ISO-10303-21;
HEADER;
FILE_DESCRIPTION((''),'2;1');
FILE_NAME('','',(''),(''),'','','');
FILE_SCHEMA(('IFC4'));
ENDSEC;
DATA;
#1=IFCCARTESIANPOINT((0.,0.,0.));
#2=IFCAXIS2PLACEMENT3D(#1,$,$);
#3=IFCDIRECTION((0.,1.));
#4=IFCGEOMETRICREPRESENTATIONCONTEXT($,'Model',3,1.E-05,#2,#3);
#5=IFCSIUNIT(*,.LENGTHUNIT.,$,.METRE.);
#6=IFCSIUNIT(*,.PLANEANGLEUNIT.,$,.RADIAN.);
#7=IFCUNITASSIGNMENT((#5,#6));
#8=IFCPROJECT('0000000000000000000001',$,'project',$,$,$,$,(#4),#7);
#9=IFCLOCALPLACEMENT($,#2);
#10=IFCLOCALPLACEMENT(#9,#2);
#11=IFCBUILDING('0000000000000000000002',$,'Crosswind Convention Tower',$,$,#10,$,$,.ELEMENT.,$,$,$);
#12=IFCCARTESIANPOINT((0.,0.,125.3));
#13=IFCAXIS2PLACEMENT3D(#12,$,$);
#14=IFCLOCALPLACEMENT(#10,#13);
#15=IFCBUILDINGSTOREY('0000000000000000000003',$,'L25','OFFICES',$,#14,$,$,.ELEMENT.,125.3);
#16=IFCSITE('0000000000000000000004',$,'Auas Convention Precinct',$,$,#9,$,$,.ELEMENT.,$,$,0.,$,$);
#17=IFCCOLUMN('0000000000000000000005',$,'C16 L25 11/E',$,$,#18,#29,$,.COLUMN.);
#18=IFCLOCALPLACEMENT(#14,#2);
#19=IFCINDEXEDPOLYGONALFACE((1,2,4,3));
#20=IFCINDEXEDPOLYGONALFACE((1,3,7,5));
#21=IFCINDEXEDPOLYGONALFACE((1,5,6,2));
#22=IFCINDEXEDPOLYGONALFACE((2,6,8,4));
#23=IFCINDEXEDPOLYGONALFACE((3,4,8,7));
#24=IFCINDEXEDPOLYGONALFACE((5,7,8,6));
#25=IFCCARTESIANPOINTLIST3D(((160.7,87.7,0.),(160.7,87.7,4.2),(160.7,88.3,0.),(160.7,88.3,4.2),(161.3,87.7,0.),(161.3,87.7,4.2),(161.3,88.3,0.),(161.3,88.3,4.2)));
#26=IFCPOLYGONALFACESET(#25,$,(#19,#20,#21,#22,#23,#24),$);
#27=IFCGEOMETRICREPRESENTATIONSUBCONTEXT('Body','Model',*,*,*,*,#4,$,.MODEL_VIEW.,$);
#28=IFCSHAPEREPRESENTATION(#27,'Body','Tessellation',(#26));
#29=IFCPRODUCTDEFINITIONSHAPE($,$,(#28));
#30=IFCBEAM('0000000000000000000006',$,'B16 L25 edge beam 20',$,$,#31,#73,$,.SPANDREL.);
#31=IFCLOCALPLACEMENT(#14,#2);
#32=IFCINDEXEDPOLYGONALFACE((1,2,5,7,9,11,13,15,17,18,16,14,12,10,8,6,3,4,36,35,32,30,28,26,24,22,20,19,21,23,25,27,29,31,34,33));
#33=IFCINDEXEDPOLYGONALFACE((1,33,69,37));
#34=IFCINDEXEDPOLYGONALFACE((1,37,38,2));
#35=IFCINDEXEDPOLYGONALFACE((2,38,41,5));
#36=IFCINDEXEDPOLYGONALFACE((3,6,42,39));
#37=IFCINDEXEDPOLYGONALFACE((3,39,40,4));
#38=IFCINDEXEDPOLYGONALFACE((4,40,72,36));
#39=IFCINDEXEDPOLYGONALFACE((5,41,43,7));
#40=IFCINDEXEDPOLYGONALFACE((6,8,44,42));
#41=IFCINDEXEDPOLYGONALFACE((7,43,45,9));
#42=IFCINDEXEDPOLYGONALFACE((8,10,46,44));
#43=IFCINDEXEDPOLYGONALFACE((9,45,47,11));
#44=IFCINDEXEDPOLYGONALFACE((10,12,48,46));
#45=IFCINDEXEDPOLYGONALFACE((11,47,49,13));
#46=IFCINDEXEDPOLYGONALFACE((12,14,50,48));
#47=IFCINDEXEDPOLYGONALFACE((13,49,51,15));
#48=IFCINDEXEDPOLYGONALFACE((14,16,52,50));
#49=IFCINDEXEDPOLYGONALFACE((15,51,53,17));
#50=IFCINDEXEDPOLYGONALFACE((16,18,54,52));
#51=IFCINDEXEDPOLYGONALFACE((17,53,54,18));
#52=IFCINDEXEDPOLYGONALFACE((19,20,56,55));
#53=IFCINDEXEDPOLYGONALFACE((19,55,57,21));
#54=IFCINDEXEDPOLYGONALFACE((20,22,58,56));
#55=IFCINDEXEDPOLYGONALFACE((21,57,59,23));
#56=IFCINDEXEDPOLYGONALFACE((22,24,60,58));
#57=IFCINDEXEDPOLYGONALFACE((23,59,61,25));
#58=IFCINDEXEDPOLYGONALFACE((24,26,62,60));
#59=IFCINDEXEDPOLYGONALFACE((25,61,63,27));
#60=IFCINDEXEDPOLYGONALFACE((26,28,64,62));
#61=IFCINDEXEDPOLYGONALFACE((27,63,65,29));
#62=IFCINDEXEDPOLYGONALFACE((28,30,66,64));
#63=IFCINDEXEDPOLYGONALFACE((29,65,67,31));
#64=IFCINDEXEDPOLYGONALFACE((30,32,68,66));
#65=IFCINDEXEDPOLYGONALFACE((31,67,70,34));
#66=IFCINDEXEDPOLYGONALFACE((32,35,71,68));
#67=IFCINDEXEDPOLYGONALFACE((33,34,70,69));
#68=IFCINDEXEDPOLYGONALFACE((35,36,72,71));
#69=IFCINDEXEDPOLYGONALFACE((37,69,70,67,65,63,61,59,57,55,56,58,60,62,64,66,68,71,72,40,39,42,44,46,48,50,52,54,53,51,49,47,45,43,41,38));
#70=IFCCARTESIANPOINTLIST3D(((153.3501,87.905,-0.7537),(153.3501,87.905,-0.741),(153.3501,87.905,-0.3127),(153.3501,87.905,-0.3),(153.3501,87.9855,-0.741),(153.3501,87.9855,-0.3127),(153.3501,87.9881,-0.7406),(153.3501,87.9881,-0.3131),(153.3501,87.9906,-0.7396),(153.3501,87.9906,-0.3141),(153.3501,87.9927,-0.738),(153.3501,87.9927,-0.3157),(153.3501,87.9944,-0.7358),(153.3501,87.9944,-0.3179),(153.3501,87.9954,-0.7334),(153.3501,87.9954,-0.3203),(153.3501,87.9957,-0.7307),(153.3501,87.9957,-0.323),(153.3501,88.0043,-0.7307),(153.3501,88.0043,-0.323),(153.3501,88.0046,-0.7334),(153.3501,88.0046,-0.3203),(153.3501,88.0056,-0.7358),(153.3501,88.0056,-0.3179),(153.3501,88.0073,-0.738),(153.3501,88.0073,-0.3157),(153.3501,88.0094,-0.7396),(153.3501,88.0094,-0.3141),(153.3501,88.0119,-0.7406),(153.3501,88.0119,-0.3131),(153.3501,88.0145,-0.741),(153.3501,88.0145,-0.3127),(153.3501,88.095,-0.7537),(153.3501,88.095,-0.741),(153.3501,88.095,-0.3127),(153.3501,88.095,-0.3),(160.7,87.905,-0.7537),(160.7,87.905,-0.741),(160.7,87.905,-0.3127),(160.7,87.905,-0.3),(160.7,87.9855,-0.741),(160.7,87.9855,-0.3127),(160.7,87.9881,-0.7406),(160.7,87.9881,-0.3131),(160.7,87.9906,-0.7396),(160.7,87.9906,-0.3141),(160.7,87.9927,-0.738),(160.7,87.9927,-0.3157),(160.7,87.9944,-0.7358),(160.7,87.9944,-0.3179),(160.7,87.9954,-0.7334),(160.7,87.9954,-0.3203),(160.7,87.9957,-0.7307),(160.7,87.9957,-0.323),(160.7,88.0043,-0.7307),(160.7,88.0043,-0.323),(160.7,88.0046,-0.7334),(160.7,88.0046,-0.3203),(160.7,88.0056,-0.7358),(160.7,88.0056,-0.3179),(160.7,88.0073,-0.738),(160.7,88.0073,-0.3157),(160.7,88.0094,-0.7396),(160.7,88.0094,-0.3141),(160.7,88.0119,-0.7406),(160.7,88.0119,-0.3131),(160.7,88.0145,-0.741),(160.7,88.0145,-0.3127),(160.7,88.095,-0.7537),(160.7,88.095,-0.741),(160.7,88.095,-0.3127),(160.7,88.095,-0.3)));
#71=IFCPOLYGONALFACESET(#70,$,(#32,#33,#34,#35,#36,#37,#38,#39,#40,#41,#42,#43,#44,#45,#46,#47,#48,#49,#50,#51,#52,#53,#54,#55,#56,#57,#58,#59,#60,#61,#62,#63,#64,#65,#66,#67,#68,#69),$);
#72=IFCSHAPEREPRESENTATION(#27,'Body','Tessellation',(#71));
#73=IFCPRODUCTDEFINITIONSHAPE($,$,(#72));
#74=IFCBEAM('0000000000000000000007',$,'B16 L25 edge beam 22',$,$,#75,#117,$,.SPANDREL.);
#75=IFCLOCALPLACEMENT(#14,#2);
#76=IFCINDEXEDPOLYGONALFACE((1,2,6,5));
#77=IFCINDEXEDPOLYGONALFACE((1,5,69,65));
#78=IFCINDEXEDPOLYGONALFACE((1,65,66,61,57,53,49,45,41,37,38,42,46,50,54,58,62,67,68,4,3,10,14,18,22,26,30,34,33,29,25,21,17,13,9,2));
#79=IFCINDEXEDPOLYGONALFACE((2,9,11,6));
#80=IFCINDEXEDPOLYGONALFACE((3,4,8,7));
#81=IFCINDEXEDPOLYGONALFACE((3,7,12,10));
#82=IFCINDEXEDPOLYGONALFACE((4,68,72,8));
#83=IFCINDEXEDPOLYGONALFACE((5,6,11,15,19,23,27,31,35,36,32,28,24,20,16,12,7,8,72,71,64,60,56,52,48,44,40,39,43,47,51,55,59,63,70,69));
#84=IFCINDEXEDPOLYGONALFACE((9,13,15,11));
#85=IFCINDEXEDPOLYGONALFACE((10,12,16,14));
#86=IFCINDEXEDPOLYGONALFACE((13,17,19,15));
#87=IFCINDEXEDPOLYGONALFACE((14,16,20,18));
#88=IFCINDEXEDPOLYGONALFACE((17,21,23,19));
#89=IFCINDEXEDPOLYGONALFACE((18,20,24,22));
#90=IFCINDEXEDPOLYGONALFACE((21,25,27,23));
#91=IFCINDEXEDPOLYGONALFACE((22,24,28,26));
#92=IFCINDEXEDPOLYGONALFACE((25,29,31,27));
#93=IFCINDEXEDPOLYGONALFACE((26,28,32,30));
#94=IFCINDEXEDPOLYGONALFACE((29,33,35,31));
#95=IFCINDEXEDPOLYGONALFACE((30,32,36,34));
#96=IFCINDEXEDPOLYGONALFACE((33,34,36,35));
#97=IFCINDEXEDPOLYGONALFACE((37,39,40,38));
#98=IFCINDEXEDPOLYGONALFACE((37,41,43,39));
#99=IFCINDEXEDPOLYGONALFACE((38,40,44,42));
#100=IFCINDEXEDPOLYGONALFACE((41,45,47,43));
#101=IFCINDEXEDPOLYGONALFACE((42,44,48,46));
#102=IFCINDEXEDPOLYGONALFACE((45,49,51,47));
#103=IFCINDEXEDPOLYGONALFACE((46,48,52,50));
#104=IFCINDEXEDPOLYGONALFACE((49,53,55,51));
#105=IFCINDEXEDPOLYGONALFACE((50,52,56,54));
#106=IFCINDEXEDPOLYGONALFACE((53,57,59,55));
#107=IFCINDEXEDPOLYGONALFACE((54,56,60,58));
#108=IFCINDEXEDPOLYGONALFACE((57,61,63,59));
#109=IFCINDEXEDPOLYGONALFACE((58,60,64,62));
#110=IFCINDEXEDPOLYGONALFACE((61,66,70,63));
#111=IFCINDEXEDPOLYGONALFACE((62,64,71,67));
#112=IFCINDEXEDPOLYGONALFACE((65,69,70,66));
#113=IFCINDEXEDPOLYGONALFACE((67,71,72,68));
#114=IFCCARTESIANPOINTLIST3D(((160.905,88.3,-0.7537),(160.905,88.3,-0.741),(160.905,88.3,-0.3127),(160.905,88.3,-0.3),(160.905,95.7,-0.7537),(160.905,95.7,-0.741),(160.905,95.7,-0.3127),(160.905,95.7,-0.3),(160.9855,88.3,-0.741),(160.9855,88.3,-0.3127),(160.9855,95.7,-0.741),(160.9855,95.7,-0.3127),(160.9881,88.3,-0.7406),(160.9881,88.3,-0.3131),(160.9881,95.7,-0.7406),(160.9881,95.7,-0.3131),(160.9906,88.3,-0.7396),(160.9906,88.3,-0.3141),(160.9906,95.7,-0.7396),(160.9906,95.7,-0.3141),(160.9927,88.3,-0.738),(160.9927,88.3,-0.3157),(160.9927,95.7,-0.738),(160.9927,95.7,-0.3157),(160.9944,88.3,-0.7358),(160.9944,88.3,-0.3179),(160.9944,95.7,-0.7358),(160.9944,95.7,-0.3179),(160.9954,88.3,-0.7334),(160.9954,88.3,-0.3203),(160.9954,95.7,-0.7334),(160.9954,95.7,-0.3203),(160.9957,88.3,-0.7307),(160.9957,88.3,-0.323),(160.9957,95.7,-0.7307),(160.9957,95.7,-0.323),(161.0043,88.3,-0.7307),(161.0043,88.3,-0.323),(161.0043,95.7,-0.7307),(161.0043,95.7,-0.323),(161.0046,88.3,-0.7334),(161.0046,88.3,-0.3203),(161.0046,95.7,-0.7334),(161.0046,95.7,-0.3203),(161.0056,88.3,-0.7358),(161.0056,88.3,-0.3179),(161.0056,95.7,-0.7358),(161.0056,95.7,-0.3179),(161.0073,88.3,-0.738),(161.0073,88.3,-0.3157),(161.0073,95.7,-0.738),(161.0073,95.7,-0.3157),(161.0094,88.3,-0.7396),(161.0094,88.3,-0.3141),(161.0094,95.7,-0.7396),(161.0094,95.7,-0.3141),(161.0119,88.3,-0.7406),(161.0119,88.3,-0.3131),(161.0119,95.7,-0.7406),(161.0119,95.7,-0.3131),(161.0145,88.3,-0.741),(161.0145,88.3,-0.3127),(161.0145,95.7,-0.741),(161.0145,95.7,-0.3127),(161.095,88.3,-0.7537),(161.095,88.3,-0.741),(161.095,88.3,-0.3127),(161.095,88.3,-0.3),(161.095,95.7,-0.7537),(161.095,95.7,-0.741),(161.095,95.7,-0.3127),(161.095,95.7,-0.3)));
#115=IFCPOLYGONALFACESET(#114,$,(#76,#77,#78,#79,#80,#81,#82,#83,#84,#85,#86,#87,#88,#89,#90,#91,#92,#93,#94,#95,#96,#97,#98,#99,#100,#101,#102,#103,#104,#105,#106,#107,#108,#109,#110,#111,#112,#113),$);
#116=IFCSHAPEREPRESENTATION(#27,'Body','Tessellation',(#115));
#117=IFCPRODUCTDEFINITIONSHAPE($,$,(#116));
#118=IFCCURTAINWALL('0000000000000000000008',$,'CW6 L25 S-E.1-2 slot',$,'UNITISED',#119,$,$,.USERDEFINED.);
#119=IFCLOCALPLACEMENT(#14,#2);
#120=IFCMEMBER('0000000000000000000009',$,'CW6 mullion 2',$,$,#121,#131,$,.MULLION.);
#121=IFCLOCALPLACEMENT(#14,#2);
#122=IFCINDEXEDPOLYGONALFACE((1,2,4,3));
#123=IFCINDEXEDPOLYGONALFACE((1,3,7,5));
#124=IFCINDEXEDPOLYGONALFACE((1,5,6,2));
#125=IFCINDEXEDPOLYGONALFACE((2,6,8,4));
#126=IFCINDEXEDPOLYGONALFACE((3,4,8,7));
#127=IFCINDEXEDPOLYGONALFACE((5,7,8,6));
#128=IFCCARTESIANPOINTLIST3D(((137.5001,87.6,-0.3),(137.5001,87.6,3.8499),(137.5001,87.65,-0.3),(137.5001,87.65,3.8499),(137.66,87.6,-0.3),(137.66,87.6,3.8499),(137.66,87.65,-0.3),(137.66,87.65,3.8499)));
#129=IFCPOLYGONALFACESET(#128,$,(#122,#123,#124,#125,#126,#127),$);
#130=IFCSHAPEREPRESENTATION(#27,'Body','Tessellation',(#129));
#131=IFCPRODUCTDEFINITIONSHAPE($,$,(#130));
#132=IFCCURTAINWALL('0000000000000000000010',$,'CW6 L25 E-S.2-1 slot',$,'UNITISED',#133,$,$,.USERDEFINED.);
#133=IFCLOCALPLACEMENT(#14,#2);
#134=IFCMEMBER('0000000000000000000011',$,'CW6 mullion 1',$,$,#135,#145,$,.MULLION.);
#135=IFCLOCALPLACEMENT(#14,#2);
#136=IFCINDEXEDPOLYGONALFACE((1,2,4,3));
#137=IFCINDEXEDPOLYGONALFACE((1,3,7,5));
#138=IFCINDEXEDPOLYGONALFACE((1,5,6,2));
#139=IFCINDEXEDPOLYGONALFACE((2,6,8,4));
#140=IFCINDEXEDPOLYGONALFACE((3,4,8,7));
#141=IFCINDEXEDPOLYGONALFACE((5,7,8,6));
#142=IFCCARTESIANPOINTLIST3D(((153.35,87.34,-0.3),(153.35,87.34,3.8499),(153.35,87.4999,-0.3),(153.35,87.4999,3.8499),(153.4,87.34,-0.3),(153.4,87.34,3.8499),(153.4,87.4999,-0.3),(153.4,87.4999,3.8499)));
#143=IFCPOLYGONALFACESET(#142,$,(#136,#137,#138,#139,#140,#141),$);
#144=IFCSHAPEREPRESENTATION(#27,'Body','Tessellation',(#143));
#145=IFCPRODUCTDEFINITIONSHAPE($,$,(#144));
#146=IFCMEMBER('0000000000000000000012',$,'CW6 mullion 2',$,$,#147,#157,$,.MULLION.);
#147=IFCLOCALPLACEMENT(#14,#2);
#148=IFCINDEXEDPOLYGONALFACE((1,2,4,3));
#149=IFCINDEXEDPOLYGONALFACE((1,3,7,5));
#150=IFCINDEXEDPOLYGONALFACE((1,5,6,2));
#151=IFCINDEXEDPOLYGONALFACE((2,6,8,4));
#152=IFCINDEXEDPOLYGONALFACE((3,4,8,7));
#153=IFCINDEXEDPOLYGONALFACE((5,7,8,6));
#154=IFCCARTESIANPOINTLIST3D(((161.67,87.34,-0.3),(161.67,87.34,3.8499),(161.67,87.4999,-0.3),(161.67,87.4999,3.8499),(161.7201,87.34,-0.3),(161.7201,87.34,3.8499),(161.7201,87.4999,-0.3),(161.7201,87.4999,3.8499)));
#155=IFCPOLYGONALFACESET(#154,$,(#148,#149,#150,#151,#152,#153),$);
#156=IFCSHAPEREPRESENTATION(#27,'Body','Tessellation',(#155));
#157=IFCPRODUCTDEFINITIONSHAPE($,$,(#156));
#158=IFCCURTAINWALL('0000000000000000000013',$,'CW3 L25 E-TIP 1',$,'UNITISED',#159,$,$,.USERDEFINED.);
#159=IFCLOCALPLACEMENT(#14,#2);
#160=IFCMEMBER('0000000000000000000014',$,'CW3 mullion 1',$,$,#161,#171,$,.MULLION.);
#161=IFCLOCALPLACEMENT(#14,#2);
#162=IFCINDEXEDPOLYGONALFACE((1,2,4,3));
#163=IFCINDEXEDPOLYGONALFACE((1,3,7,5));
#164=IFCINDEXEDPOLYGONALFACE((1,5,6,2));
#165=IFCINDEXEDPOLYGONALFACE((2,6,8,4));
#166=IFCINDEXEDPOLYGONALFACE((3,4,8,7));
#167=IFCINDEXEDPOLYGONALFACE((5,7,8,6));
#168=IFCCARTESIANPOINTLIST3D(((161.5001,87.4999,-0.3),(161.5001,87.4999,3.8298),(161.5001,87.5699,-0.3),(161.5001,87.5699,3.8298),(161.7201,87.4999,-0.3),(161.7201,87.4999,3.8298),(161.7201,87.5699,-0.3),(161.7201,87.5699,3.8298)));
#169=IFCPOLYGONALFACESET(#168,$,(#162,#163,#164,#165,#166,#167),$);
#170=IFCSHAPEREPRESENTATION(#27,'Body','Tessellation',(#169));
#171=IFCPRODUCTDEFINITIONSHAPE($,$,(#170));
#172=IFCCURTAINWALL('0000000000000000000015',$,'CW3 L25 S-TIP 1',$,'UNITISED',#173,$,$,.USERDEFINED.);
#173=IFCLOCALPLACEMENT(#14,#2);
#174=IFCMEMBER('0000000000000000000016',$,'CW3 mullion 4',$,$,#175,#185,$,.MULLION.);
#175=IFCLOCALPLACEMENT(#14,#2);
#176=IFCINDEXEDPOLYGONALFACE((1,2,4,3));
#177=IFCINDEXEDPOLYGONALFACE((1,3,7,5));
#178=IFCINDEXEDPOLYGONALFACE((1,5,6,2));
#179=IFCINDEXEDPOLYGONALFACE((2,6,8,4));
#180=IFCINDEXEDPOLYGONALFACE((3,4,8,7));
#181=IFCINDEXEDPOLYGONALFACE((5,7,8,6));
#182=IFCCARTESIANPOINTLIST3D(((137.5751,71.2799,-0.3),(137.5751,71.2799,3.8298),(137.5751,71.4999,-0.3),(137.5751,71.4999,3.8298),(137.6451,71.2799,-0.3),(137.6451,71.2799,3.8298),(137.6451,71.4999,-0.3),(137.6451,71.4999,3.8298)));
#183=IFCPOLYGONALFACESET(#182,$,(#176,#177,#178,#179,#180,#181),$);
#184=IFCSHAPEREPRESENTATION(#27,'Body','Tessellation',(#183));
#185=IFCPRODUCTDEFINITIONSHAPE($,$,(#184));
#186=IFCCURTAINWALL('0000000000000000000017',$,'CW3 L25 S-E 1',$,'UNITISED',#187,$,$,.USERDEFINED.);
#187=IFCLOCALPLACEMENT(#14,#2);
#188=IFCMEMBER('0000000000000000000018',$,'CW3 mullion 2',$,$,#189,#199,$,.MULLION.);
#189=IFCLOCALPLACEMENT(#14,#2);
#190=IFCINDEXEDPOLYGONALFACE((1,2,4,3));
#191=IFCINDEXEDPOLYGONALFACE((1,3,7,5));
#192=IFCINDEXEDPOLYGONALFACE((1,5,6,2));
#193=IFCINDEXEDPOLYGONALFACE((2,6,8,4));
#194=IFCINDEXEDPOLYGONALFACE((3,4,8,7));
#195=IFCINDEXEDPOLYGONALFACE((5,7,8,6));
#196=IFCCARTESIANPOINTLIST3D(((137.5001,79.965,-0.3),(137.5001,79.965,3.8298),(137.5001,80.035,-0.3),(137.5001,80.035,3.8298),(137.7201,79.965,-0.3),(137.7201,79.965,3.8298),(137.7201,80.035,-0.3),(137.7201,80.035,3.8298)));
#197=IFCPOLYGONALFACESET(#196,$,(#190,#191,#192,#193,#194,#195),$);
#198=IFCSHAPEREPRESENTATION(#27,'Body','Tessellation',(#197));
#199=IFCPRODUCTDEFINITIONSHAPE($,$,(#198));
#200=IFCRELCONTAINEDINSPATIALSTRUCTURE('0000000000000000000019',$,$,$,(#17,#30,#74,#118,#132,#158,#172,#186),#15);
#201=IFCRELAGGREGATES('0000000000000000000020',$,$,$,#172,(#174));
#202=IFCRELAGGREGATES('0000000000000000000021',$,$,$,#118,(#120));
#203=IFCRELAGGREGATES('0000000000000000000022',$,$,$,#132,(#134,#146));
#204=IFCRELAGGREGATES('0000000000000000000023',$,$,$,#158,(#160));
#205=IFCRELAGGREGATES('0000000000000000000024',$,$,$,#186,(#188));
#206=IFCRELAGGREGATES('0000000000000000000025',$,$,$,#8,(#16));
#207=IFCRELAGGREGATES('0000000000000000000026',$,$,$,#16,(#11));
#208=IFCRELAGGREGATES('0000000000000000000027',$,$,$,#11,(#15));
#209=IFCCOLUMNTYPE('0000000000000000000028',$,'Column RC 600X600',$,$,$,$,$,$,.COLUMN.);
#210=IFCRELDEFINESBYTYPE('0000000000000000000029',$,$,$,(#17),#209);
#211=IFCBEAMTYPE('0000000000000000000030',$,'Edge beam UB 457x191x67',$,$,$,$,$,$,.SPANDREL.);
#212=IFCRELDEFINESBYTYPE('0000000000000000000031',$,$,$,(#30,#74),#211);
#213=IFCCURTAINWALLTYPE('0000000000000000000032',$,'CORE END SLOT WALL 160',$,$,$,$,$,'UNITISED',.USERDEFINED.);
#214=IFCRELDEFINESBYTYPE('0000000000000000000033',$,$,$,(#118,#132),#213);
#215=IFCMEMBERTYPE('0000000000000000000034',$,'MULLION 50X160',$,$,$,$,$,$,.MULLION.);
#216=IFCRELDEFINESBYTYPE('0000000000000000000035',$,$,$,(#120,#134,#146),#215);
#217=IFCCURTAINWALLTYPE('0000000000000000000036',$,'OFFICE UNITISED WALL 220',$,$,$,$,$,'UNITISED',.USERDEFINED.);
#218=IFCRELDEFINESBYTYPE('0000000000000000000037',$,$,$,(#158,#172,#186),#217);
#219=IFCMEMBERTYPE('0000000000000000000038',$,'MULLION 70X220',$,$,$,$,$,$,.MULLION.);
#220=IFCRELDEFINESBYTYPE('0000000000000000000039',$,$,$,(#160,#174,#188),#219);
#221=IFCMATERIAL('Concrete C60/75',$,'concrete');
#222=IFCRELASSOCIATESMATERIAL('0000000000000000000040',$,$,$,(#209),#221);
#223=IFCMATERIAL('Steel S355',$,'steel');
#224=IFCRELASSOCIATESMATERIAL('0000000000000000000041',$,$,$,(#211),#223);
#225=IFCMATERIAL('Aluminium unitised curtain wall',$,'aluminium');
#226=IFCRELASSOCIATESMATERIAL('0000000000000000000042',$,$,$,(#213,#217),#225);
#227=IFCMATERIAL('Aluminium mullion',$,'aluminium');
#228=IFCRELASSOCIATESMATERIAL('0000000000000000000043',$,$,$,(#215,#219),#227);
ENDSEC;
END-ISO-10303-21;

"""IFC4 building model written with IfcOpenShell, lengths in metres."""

from ifc_helpers import new_model, si_unit, direction, frame, origin, origin_2d, place, context, subcontext, project, spatial, rectangle, i_section, extrude, material, material_profile, profile_set, type_object, element, aggregate, save


model = new_model("IFC4")

# Units and contexts
model_context = context("Model", 3, precision=1e-05, world=origin(), true_north=direction((0.0, 1.0)))
body_context = subcontext(model_context, "Body", "Model", "MODEL_VIEW")
ifc_project = project(units=[si_unit("LENGTHUNIT", "METRE"), si_unit("PLANEANGLEUNIT", "RADIAN")], contexts=[model_context])

# Site, building, storey
site_placement = place(None, origin())
site = spatial("IfcSite", under=ifc_project, at=site_placement, Name="Auas Convention Precinct", CompositionType="ELEMENT", RefElevation=0.0)
building_placement = place(site_placement, origin())
building = spatial("IfcBuilding", under=site, at=building_placement, Name="Crosswind Convention Tower", CompositionType="ELEMENT")
storey_placement = place(building_placement, frame((0.0, 0.0, 125.3)))
storey = spatial("IfcBuildingStorey", under=building, at=storey_placement, Name="L25", Description="OFFICES", CompositionType="ELEMENT", Elevation=125.3)

# Column
ifc_material_1 = material(Name="Concrete C60/75", Category="concrete")
ifc_material_profile_1 = material_profile(ifc_material_1, rectangle(XDim=0.6001, YDim=0.6001, at=origin_2d()), Name="RC 600X600")
ifc_profile_set_1 = profile_set([ifc_material_profile_1], Name="Concrete C60/75")
column_type = type_object("IfcColumnType", Name="Column RC 600X600", PredefinedType="COLUMN", material=ifc_profile_set_1)
column_placement = place(storey_placement, frame((161.0, 88.0, 0.0), z_axis=(0.0, 0.0, 1.0), x_axis=(1.0, 0.0, 0.0)))
element("IfcColumn", 1, at=column_placement, inside=storey, type_object=column_type, Name="C16 L25 11/E", PredefinedType="COLUMN", context=body_context, shape_type="SweptSolid", body=[
    extrude(rectangle(XDim=0.6001, YDim=0.6001, at=origin_2d()), origin(), (0.0, 0.0, 1.0), 4.2),
])

# Beams
ifc_material_2 = material(Name="Steel S355", Category="steel")
ifc_material_profile_2 = material_profile(ifc_material_2, i_section(OverallWidth=0.1899, OverallDepth=0.4536, WebThickness=0.0085, FlangeThickness=0.0127, FilletRadius=0.0103, at=origin_2d()), Name="UB 457x191x67")
ifc_profile_set_2 = profile_set([ifc_material_profile_2], Name="Steel S355")
beam_type = type_object("IfcBeamType", Name="Edge beam UB 457x191x67", PredefinedType="SPANDREL", material=ifc_profile_set_2)
beam_1_placement = place(storey_placement, frame((153.3501, 88.0, -0.5269), z_axis=(1.0, 0.0, 0.0), x_axis=(0.0, 1.0, 0.0)))
element("IfcBeam", 2, at=beam_1_placement, inside=storey, type_object=beam_type, Name="B16 L25 edge beam 20", PredefinedType="SPANDREL", context=body_context, shape_type="SweptSolid", body=[
    extrude(i_section(OverallWidth=0.1899, OverallDepth=0.4536, WebThickness=0.0085, FlangeThickness=0.0127, FilletRadius=0.0103, at=origin_2d()), origin(), (0.0, 0.0, 1.0), 7.3499),
])
beam_2_placement = place(storey_placement, frame((161.0, 88.3, -0.5269), z_axis=(0.0, 1.0, 0.0), x_axis=(-1.0, 0.0, 0.0)))
element("IfcBeam", 3, at=beam_2_placement, inside=storey, type_object=beam_type, Name="B16 L25 edge beam 22", PredefinedType="SPANDREL", context=body_context, shape_type="SweptSolid", body=[
    extrude(i_section(OverallWidth=0.1899, OverallDepth=0.4536, WebThickness=0.0085, FlangeThickness=0.0127, FilletRadius=0.0103, at=origin_2d()), origin(), (0.0, 0.0, 1.0), 7.3999),
])

# Curtain wall, member
ifc_material_3 = material(Name="Aluminium unitised curtain wall", Category="aluminium")
curtain_wall_type_1 = type_object("IfcCurtainWallType", Name="CORE END SLOT WALL 160", ElementType="UNITISED", PredefinedType="USERDEFINED", material=ifc_material_3)
curtain_wall_1_placement = place(storey_placement, origin())
curtain_wall_1 = element("IfcCurtainWall", 4, at=curtain_wall_1_placement, inside=storey, type_object=curtain_wall_type_1, Name="CW6 L25 S-E.1-2 slot", ObjectType="UNITISED", PredefinedType="USERDEFINED")
ifc_material_4 = material(Name="Aluminium mullion", Category="aluminium")
ifc_material_profile_3 = material_profile(ifc_material_4, rectangle(XDim=0.1599, YDim=0.05, at=origin_2d()), Name="AL 160X50")
ifc_profile_set_3 = profile_set([ifc_material_profile_3], Name="Aluminium mullion")
member_type_1 = type_object("IfcMemberType", Name="MULLION 50X160", PredefinedType="MULLION", material=ifc_profile_set_3)
member_1_placement = place(storey_placement, frame((137.5801, 87.625, -0.3), z_axis=(0.0, 0.0, 1.0), x_axis=(1.0, 0.0, 0.0)))
member_1 = element("IfcMember", 5, at=member_1_placement, type_object=member_type_1, Name="CW6 mullion 2", PredefinedType="MULLION", context=body_context, shape_type="SweptSolid", body=[
    extrude(rectangle(XDim=0.1599, YDim=0.05, at=origin_2d()), origin(), (0.0, 0.0, 1.0), 4.1499),
])

# Curtain wall, members
curtain_wall_2_placement = place(storey_placement, origin())
curtain_wall_2 = element("IfcCurtainWall", 6, at=curtain_wall_2_placement, inside=storey, type_object=curtain_wall_type_1, Name="CW6 L25 E-S.2-1 slot", ObjectType="UNITISED", PredefinedType="USERDEFINED")
member_2_placement = place(storey_placement, frame((153.375, 87.4199, -0.3), z_axis=(0.0, 0.0, 1.0), x_axis=(0.0, -1.0, 0.0)))
member_2 = element("IfcMember", 7, at=member_2_placement, type_object=member_type_1, Name="CW6 mullion 1", PredefinedType="MULLION", context=body_context, shape_type="SweptSolid", body=[
    extrude(rectangle(XDim=0.1599, YDim=0.05, at=origin_2d()), origin(), (0.0, 0.0, 1.0), 4.1499),
])
member_3_placement = place(storey_placement, frame((161.6951, 87.4199, -0.3), z_axis=(0.0, 0.0, 1.0), x_axis=(0.0, -1.0, 0.0)))
member_3 = element("IfcMember", 8, at=member_3_placement, type_object=member_type_1, Name="CW6 mullion 2", PredefinedType="MULLION", context=body_context, shape_type="SweptSolid", body=[
    extrude(rectangle(XDim=0.1599, YDim=0.05, at=origin_2d()), origin(), (0.0, 0.0, 1.0), 4.1499),
])

# Curtain walls, members
curtain_wall_type_2 = type_object("IfcCurtainWallType", Name="OFFICE UNITISED WALL 220", ElementType="UNITISED", PredefinedType="USERDEFINED", material=ifc_material_3)
curtain_wall_3_placement = place(storey_placement, origin())
curtain_wall_3 = element("IfcCurtainWall", 9, at=curtain_wall_3_placement, inside=storey, type_object=curtain_wall_type_2, Name="CW3 L25 E-TIP 1", ObjectType="UNITISED", PredefinedType="USERDEFINED")
ifc_material_profile_4 = material_profile(ifc_material_4, rectangle(XDim=0.22, YDim=0.0701, at=origin_2d()), Name="AL 220X70")
ifc_profile_set_4 = profile_set([ifc_material_profile_4], Name="Aluminium mullion")
member_type_2 = type_object("IfcMemberType", Name="MULLION 70X220", PredefinedType="MULLION", material=ifc_profile_set_4)
member_4_placement = place(storey_placement, frame((161.6101, 87.5349, -0.3), z_axis=(0.0, 0.0, 1.0), x_axis=(1.0, 0.0, 0.0)))
member_4 = element("IfcMember", 10, at=member_4_placement, type_object=member_type_2, Name="CW3 mullion 1", PredefinedType="MULLION", context=body_context, shape_type="SweptSolid", body=[
    extrude(rectangle(XDim=0.22, YDim=0.0701, at=origin_2d()), origin(), (0.0, 0.0, 1.0), 4.1299),
])
curtain_wall_4_placement = place(storey_placement, origin())
curtain_wall_4 = element("IfcCurtainWall", 11, at=curtain_wall_4_placement, inside=storey, type_object=curtain_wall_type_2, Name="CW3 L25 S-TIP 1", ObjectType="UNITISED", PredefinedType="USERDEFINED")
member_5_placement = place(storey_placement, frame((137.6101, 71.3899, -0.3), z_axis=(0.0, 0.0, 1.0), x_axis=(0.0, -1.0, 0.0)))
member_5 = element("IfcMember", 12, at=member_5_placement, type_object=member_type_2, Name="CW3 mullion 4", PredefinedType="MULLION", context=body_context, shape_type="SweptSolid", body=[
    extrude(rectangle(XDim=0.22, YDim=0.0701, at=origin_2d()), origin(), (0.0, 0.0, 1.0), 4.1299),
])
aggregate(curtain_wall_4, [member_5])
curtain_wall_5_placement = place(storey_placement, origin())
curtain_wall_5 = element("IfcCurtainWall", 13, at=curtain_wall_5_placement, inside=storey, type_object=curtain_wall_type_2, Name="CW3 L25 S-E 1", ObjectType="UNITISED", PredefinedType="USERDEFINED")
member_6_placement = place(storey_placement, frame((137.6101, 80.0, -0.3), z_axis=(0.0, 0.0, 1.0), x_axis=(1.0, 0.0, 0.0)))
member_6 = element("IfcMember", 14, at=member_6_placement, type_object=member_type_2, Name="CW3 mullion 2", PredefinedType="MULLION", context=body_context, shape_type="SweptSolid", body=[
    extrude(rectangle(XDim=0.22, YDim=0.0701, at=origin_2d()), origin(), (0.0, 0.0, 1.0), 4.1299),
])

aggregate(curtain_wall_1, [member_1])
aggregate(curtain_wall_2, [member_2, member_3])

aggregate(curtain_wall_3, [member_4])
aggregate(curtain_wall_5, [member_6])

save(model, "model.ifc")
